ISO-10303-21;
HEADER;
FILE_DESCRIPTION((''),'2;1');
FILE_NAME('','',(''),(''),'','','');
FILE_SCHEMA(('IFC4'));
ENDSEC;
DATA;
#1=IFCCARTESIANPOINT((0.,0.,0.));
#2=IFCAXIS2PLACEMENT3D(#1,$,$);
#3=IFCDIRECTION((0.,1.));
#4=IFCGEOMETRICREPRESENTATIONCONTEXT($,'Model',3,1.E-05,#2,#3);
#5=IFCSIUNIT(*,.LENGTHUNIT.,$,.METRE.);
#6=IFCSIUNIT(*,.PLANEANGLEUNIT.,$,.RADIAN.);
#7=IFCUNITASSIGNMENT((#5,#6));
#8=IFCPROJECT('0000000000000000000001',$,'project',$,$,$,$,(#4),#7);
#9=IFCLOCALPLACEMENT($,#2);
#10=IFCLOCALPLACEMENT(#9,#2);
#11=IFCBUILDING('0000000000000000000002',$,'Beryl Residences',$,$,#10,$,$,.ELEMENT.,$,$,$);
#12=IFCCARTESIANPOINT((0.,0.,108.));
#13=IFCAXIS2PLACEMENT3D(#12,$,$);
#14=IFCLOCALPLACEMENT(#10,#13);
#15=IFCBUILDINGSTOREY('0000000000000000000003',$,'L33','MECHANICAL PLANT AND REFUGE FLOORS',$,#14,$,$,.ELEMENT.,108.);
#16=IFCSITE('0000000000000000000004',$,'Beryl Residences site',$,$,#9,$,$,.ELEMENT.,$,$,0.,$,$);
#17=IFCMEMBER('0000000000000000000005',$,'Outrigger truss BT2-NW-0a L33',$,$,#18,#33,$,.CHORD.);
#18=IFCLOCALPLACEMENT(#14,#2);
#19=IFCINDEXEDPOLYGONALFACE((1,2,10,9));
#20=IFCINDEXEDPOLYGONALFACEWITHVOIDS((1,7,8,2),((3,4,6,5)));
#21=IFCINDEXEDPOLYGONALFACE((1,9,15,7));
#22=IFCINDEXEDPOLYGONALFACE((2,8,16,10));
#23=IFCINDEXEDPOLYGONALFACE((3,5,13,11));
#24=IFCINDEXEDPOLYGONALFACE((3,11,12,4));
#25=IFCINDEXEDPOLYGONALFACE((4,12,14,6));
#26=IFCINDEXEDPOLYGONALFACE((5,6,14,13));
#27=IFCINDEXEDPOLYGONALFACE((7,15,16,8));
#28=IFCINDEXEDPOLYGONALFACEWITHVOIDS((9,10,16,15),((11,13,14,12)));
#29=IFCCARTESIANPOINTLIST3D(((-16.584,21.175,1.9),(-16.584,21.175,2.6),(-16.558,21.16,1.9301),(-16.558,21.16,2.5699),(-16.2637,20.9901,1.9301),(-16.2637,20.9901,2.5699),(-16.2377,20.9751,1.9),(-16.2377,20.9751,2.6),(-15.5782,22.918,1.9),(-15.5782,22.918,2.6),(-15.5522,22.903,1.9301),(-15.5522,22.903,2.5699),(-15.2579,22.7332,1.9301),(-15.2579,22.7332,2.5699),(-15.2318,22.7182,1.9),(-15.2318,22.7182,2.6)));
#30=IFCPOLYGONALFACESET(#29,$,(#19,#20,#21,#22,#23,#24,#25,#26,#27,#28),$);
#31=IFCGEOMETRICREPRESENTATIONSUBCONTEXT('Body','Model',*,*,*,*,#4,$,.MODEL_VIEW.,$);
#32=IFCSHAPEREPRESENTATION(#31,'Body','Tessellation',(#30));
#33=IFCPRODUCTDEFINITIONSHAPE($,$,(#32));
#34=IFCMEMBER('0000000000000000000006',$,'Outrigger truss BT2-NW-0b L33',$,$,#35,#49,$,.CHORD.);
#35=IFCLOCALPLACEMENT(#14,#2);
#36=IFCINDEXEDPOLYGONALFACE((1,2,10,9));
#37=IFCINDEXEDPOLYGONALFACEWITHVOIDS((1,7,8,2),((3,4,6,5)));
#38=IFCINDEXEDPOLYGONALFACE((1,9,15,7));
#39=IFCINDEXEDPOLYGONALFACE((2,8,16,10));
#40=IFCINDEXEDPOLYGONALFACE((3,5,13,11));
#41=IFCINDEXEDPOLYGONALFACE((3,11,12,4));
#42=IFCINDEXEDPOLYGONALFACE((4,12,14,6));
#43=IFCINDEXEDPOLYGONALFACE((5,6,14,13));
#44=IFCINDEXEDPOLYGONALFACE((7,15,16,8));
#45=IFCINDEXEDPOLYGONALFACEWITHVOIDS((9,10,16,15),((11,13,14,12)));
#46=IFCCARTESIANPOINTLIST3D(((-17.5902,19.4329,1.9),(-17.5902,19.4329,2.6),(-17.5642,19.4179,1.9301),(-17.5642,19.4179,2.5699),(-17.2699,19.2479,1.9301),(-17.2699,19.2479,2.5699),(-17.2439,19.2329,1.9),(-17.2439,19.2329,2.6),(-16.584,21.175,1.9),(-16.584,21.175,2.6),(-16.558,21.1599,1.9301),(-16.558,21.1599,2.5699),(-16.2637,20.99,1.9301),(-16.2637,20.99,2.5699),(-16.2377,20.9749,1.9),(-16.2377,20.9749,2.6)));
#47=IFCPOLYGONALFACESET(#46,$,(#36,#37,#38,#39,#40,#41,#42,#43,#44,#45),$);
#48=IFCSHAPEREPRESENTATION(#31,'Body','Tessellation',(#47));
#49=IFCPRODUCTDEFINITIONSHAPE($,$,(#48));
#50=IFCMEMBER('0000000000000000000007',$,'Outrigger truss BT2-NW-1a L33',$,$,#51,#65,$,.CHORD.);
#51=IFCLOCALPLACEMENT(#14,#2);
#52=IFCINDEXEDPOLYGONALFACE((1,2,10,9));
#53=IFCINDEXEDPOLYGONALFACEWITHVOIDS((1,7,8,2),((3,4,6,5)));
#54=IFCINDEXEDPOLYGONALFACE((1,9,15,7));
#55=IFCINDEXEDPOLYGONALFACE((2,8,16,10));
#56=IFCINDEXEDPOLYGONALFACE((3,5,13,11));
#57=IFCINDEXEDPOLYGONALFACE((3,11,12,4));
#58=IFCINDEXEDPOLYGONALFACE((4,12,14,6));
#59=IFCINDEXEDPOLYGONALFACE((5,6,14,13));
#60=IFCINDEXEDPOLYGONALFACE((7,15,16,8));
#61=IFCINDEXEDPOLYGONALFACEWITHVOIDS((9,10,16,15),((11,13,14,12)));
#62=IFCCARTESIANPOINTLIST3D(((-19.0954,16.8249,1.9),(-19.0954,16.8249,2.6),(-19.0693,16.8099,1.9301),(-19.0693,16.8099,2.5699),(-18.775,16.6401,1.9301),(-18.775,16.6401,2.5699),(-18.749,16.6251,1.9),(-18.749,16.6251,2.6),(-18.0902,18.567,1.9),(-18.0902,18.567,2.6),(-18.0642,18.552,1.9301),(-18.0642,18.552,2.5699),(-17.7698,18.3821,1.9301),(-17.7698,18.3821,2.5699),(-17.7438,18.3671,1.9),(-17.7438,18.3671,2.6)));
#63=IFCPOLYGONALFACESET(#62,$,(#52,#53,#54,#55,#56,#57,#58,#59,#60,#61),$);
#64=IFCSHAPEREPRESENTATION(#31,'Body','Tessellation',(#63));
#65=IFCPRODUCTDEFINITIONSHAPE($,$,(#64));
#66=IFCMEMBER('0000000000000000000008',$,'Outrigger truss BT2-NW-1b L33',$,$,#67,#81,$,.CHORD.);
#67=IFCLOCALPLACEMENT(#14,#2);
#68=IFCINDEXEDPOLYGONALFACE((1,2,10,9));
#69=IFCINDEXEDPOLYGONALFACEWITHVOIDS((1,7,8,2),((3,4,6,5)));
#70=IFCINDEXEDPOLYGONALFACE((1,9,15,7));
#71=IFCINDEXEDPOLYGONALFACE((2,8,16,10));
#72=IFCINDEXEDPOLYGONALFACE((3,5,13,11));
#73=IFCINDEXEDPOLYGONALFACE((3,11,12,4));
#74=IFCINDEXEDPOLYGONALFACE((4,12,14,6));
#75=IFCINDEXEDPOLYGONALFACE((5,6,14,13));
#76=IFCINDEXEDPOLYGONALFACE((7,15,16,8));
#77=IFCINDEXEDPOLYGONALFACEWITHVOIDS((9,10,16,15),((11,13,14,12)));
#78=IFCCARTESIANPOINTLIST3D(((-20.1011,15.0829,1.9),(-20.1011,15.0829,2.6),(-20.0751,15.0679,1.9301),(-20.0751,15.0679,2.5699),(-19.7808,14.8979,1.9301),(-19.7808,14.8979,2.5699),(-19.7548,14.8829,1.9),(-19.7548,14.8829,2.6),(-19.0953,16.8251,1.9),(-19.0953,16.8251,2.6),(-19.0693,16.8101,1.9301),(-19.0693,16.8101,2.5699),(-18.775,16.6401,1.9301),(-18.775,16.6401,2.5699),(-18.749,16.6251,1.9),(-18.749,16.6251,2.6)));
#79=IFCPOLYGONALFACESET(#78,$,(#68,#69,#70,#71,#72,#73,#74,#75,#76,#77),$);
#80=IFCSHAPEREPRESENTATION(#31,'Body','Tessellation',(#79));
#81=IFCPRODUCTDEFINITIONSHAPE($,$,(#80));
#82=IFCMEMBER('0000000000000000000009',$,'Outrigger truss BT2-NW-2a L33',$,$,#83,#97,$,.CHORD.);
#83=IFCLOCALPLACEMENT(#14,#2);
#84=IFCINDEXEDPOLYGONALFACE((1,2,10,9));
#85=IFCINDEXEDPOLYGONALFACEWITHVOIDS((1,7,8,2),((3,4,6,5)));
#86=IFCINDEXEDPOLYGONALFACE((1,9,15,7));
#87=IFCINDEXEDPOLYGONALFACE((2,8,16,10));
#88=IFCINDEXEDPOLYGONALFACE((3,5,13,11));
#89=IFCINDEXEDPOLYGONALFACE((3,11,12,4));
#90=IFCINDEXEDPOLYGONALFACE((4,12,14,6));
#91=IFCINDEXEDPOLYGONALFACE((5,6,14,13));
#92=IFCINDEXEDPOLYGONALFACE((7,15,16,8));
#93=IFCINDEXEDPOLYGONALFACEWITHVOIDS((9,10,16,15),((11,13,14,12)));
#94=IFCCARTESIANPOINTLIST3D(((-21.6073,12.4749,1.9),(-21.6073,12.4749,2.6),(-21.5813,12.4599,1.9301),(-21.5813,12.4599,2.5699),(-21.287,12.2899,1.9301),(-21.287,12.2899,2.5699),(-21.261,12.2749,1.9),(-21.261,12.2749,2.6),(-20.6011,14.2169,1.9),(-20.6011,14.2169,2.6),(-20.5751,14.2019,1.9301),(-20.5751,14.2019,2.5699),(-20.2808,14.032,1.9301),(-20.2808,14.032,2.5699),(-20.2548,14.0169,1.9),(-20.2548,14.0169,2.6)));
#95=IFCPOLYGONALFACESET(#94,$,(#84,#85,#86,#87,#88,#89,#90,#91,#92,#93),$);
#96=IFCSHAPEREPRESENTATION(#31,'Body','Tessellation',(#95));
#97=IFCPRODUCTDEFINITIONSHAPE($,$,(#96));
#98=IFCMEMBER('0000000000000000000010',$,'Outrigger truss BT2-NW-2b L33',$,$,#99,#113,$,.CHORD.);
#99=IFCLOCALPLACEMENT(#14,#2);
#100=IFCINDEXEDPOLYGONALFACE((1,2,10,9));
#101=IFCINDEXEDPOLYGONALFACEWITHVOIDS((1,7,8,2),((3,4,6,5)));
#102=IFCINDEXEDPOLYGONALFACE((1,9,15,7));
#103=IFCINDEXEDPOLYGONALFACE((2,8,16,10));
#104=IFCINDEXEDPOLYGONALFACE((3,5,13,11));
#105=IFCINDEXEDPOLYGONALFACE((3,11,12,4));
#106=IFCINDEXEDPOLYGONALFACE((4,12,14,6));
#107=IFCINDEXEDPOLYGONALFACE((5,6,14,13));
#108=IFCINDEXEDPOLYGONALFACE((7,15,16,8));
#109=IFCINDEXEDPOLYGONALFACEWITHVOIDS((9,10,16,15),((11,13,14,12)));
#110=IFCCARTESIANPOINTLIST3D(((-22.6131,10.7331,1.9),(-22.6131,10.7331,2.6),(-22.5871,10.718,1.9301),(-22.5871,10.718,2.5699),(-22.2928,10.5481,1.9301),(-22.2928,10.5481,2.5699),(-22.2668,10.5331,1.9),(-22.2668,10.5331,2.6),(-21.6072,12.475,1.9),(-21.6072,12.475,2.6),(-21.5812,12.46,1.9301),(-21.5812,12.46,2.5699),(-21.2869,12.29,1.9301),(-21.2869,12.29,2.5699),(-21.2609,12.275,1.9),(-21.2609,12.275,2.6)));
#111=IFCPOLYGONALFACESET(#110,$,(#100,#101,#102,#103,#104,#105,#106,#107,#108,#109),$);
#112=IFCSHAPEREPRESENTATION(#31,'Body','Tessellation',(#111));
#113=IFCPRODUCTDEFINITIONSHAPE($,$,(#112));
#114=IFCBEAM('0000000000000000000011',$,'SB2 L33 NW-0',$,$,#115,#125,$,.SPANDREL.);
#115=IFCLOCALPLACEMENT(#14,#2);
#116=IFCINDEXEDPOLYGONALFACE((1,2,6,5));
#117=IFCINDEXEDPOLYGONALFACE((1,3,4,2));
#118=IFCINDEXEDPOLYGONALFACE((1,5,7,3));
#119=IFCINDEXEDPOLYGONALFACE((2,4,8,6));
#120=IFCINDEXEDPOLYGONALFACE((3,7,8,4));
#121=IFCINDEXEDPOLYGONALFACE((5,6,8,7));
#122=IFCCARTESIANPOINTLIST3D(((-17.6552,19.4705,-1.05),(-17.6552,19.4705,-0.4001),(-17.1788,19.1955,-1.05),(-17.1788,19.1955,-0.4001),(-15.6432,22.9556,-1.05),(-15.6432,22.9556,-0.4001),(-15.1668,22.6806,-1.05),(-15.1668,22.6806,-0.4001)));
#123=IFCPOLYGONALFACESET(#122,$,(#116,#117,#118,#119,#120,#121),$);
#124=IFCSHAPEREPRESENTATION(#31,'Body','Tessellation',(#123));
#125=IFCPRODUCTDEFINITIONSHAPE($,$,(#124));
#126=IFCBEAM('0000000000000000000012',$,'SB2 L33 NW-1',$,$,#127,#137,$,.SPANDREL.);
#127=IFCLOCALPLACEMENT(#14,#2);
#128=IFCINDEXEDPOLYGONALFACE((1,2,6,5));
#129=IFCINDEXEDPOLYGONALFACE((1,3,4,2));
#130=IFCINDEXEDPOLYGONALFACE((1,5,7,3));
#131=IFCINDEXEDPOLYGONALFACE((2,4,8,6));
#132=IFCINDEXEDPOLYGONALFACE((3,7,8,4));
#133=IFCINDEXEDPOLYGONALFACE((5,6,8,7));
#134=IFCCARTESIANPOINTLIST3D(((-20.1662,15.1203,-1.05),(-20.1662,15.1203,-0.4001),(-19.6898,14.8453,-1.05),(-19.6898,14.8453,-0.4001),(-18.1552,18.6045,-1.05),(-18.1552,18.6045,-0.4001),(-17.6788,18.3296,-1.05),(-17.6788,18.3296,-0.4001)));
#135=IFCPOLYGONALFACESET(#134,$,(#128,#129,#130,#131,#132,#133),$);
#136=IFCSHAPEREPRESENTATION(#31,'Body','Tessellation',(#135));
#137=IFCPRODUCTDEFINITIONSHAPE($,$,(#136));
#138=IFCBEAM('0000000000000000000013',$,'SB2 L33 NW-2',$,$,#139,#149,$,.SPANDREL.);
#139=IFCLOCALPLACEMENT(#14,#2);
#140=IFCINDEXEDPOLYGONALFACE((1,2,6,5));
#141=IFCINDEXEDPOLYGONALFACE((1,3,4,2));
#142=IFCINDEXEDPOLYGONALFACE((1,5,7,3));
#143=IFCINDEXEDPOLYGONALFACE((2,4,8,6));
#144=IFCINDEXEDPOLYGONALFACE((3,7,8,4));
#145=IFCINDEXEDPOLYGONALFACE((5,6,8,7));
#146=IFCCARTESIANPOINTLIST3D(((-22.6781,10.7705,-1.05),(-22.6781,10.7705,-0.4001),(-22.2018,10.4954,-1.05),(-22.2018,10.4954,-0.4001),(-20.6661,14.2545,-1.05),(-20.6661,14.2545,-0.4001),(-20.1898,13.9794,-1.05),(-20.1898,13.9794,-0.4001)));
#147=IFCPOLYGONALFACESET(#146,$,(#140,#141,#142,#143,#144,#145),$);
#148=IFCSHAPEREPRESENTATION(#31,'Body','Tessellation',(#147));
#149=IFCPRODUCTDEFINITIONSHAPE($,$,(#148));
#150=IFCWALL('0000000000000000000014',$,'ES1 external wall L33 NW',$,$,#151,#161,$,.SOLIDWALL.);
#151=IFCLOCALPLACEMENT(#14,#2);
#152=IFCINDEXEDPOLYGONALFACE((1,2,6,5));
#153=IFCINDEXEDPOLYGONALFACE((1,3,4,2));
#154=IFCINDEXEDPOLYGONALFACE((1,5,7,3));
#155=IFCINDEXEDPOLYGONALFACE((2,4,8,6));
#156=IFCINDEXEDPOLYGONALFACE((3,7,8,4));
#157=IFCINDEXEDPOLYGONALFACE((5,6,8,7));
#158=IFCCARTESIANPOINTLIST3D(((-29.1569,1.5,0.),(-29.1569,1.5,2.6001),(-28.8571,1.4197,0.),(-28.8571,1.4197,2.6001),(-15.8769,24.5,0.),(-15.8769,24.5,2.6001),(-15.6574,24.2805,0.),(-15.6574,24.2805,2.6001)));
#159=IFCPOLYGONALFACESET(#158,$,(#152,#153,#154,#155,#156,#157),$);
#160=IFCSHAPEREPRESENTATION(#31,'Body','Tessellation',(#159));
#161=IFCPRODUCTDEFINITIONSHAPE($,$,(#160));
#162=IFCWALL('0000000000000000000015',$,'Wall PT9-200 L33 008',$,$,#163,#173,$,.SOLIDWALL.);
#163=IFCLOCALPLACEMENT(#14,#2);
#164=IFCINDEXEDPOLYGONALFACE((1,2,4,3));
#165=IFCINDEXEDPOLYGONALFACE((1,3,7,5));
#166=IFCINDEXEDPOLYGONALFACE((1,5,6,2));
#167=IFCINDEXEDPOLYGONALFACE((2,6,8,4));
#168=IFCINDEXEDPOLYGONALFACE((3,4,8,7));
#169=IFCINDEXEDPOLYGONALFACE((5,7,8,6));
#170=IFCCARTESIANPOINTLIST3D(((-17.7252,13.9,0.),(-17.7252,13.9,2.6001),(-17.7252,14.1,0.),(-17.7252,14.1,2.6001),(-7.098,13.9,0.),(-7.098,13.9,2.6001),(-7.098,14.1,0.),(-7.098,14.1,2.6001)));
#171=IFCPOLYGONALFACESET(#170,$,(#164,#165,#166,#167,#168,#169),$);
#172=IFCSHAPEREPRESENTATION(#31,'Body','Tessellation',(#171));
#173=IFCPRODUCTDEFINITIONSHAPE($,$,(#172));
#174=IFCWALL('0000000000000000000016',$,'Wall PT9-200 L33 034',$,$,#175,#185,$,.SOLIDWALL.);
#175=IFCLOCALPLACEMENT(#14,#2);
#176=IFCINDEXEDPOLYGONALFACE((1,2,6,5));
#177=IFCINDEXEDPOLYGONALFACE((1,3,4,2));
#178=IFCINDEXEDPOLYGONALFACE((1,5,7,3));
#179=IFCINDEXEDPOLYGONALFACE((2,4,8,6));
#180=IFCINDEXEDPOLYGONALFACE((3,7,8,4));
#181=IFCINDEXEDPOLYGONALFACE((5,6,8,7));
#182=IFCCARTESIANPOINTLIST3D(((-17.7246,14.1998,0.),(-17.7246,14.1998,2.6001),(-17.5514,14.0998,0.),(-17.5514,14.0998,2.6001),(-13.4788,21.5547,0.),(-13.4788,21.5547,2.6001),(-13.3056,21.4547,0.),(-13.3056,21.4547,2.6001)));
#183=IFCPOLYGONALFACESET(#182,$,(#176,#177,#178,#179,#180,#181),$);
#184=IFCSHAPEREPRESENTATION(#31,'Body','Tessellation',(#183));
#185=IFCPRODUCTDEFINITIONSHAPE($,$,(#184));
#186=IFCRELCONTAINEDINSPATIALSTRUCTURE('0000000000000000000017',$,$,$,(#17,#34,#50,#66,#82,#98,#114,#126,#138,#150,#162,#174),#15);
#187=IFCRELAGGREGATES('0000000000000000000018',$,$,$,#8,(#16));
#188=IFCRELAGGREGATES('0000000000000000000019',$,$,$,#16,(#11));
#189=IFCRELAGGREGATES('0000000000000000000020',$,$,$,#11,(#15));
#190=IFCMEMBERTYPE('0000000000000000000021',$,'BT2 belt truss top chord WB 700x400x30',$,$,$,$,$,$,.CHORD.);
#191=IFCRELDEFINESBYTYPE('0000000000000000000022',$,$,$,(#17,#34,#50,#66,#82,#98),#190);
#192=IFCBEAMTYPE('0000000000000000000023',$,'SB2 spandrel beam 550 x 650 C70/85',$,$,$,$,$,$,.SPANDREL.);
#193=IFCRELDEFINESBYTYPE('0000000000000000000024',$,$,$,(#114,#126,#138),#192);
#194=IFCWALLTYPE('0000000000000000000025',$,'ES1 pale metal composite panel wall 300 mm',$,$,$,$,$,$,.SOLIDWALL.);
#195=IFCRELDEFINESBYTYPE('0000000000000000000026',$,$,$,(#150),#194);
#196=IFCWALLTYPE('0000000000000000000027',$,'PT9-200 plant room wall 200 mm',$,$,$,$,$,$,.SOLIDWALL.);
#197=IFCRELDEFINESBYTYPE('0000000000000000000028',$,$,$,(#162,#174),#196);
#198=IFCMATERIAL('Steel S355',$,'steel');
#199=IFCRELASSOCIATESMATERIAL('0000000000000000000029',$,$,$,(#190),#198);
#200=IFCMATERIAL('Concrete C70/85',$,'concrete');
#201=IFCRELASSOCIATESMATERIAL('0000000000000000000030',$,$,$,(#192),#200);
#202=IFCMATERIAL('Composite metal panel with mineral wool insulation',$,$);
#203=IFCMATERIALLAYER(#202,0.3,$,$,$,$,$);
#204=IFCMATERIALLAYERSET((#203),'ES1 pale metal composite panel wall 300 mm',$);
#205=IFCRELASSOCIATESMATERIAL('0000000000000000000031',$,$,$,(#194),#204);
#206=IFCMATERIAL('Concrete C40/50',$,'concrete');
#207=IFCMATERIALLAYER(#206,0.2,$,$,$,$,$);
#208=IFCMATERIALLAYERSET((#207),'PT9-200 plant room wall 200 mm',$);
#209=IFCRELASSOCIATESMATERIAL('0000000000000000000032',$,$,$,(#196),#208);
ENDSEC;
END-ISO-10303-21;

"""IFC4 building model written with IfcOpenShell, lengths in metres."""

from ifc_helpers import new_model, si_unit, direction, frame, frame_2d, origin, origin_2d, place, context, subcontext, project, spatial, polyline, rectangle, hollow_rectangle, outline, extrude, material, layer, layer_set, material_profile, profile_set, type_object, element, save


model = new_model("IFC4")

# Units and contexts
model_context = context("Model", 3, precision=1e-05, world=origin(), true_north=direction((0.0, 1.0)))
body_context = subcontext(model_context, "Body", "Model", "MODEL_VIEW")
ifc_project = project(units=[si_unit("LENGTHUNIT", "METRE"), si_unit("PLANEANGLEUNIT", "RADIAN")], contexts=[model_context])

# Site, building, storey
site_placement = place(None, origin())
site = spatial("IfcSite", under=ifc_project, at=site_placement, Name="Beryl Residences site", CompositionType="ELEMENT", RefElevation=0.0)
building_placement = place(site_placement, origin())
building = spatial("IfcBuilding", under=site, at=building_placement, Name="Beryl Residences", CompositionType="ELEMENT")
storey_placement = place(building_placement, frame((0.0, 0.0, 108.0)))
storey = spatial("IfcBuildingStorey", under=building, at=storey_placement, Name="L33", Description="MECHANICAL PLANT AND REFUGE FLOORS", CompositionType="ELEMENT", Elevation=108.0)

# Members
ifc_material_1 = material(Name="Steel S355", Category="steel")
ifc_material_profile_1 = material_profile(ifc_material_1, hollow_rectangle(XDim=0.3999, YDim=0.7, WallThickness=0.03, at=origin_2d()))
ifc_profile_set_1 = profile_set([ifc_material_profile_1], Name="Steel S355")
member_type_1 = type_object("IfcMemberType", Name="BT2 belt truss top chord WB 700x400x30", PredefinedType="CHORD", material=ifc_profile_set_1)
member_1_placement = place(storey_placement, frame((-15.405, 22.8181, 2.25), z_axis=(-0.499792, -0.866145, 0.0), x_axis=(0.866145, -0.499792, 0.0)))
element("IfcMember", 1, at=member_1_placement, inside=storey, type_object=member_type_1, Name="Outrigger truss BT2-NW-0a L33", PredefinedType="CHORD", context=body_context, shape_type="SweptSolid", body=[
    extrude(hollow_rectangle(XDim=0.3999, YDim=0.7, WallThickness=0.03, at=origin_2d()), origin(), (0.0, 0.0, 1.0), 2.0125),
])
member_2_placement = place(storey_placement, frame((-16.4109, 21.075, 2.25), z_axis=(-0.500146, -0.865941, 0.0), x_axis=(0.865941, -0.500146, 0.0)))
element("IfcMember", 2, at=member_2_placement, inside=storey, type_object=member_type_1, Name="Outrigger truss BT2-NW-0b L33", PredefinedType="CHORD", context=body_context, shape_type="SweptSolid", body=[
    extrude(hollow_rectangle(XDim=0.3999, YDim=0.7, WallThickness=0.03, at=origin_2d()), origin(), (0.0, 0.0, 1.0), 2.0117),
])
member_3_placement = place(storey_placement, frame((-17.917, 18.467, 2.25), z_axis=(-0.499782, -0.866151, 0.0), x_axis=(0.866151, -0.499782, 0.0)))
element("IfcMember", 3, at=member_3_placement, inside=storey, type_object=member_type_1, Name="Outrigger truss BT2-NW-1a L33", PredefinedType="CHORD", context=body_context, shape_type="SweptSolid", body=[
    extrude(hollow_rectangle(XDim=0.3999, YDim=0.7, WallThickness=0.03, at=origin_2d()), origin(), (0.0, 0.0, 1.0), 2.0112),
])
for number, where, z_axis, x_axis, name in (
    (4, (-18.9221, 16.7251, 2.25), (-0.500003, -0.866024, 0.0), (0.866024, -0.500003, 0.0), "Outrigger truss BT2-NW-1b L33"),
    (5, (-20.428, 14.1169, 2.25), (-0.500146, -0.865941, 0.0), (0.865941, -0.500146, 0.0), "Outrigger truss BT2-NW-2a L33"),
):
    element("IfcMember", number, at=place(storey_placement, frame(where, z_axis=z_axis, x_axis=x_axis)), inside=storey, type_object=member_type_1, Name=name, PredefinedType="CHORD", context=body_context, shape_type="SweptSolid", body=[
        extrude(hollow_rectangle(XDim=0.3999, YDim=0.7, WallThickness=0.03, at=origin_2d()), origin(), (0.0, 0.0, 1.0), 2.0117),
    ])
member_4_placement = place(storey_placement, frame((-21.4341, 12.375, 2.25), z_axis=(-0.500055, -0.865994, 0.0), x_axis=(0.865994, -0.500055, 0.0)))
element("IfcMember", 6, at=member_4_placement, inside=storey, type_object=member_type_1, Name="Outrigger truss BT2-NW-2b L33", PredefinedType="CHORD", context=body_context, shape_type="SweptSolid", body=[
    extrude(hollow_rectangle(XDim=0.3999, YDim=0.7, WallThickness=0.03, at=origin_2d()), origin(), (0.0, 0.0, 1.0), 2.0115),
])

# Beams
ifc_material_2 = material(Name="Concrete C70/85", Category="concrete")
ifc_material_profile_2 = material_profile(ifc_material_2, rectangle(XDim=0.55, YDim=0.6499, at=origin_2d()))
ifc_profile_set_2 = profile_set([ifc_material_profile_2], Name="Concrete C70/85")
beam_type = type_object("IfcBeamType", Name="SB2 spandrel beam 550 x 650 C70/85", PredefinedType="SPANDREL", material=ifc_profile_set_2)
beam_1_placement = place(storey_placement, frame((-15.405, 22.8181, -0.7251), z_axis=(-0.499969, -0.866043, 0.0), x_axis=(0.866043, -0.499969, 0.0)))
element("IfcBeam", 7, at=beam_1_placement, inside=storey, type_object=beam_type, Name="SB2 L33 NW-0", PredefinedType="SPANDREL", context=body_context, shape_type="SweptSolid", body=[
    extrude(rectangle(XDim=0.55, YDim=0.6499, at=origin_2d()), origin(), (0.0, 0.0, 1.0), 4.0242),
])
beam_2_placement = place(storey_placement, frame((-17.917, 18.467, -0.7251), z_axis=(-0.499892, -0.866088, 0.0), x_axis=(0.866088, -0.499892, 0.0)))
element("IfcBeam", 8, at=beam_2_placement, inside=storey, type_object=beam_type, Name="SB2 L33 NW-1", PredefinedType="SPANDREL", context=body_context, shape_type="SweptSolid", body=[
    extrude(rectangle(XDim=0.55, YDim=0.6499, at=origin_2d()), origin(), (0.0, 0.0, 1.0), 4.0229),
])
beam_3_placement = place(storey_placement, frame((-20.428, 14.1169, -0.7251), z_axis=(-0.500101, -0.865967, 0.0), x_axis=(0.865967, -0.500101, 0.0)))
element("IfcBeam", 9, at=beam_3_placement, inside=storey, type_object=beam_type, Name="SB2 L33 NW-2", PredefinedType="SPANDREL", context=body_context, shape_type="SweptSolid", body=[
    extrude(rectangle(XDim=0.55, YDim=0.6499, at=origin_2d()), origin(), (0.0, 0.0, 1.0), 4.0232),
])

# Walls
ifc_material_3 = material(Name="Composite metal panel with mineral wool insulation")
ifc_layer_1 = layer(ifc_material_3, 0.3)
ifc_layer_set_1 = layer_set([ifc_layer_1], Name="ES1 pale metal composite panel wall 300 mm")
wall_type_1 = type_object("IfcWallType", Name="ES1 pale metal composite panel wall 300 mm", PredefinedType="SOLIDWALL", material=ifc_layer_set_1)
wall_1_placement = place(storey_placement, frame((-15.7471, 24.425, 0.0), z_axis=(0.0, 0.0, 1.0), x_axis=(-0.500027, -0.86601, 0.0)))
element("IfcWall", 10, at=wall_1_placement, inside=storey, type_object=wall_type_1, Name="ES1 external wall L33 NW", PredefinedType="SOLIDWALL", context=body_context, shape_type="SweptSolid", body=[
    extrude(outline(polyline([(0.0, -0.1499), (26.5586, -0.1499), (26.4783, 0.1499), (0.0803, 0.1499), (0.0, -0.1499)])), origin(), (0.0, 0.0, 1.0), 2.6001),
])
ifc_material_4 = material(Name="Concrete C40/50", Category="concrete")
ifc_layer_2 = layer(ifc_material_4, 0.2)
ifc_layer_set_2 = layer_set([ifc_layer_2], Name="PT9-200 plant room wall 200 mm")
wall_type_2 = type_object("IfcWallType", Name="PT9-200 plant room wall 200 mm", PredefinedType="SOLIDWALL", material=ifc_layer_set_2)
wall_2_placement = place(storey_placement, frame((-17.7251, 14.0, 0.0), z_axis=(0.0, 0.0, 1.0), x_axis=(1.0, 0.0, 0.0)))
element("IfcWall", 11, at=wall_2_placement, inside=storey, type_object=wall_type_2, Name="Wall PT9-200 L33 008", PredefinedType="SOLIDWALL", context=body_context, shape_type="SweptSolid", body=[
    extrude(rectangle(XDim=10.6272, YDim=0.2, at=frame_2d((5.3135, 0.0))), origin(), (0.0, 0.0, 1.0), 2.6001),
])
wall_3_placement = place(storey_placement, frame((-17.6379, 14.1499, 0.0), z_axis=(0.0, 0.0, 1.0), x_axis=(0.499951, 0.866053, 0.0)))
element("IfcWall", 12, at=wall_3_placement, inside=storey, type_object=wall_type_2, Name="Wall PT9-200 L33 034", PredefinedType="SOLIDWALL", context=body_context, shape_type="SweptSolid", body=[
    extrude(rectangle(XDim=8.4924, YDim=0.2, at=frame_2d((4.2461, 0.0))), origin(), (0.0, 0.0, 1.0), 2.6001),
])

save(model, "model.ifc")
